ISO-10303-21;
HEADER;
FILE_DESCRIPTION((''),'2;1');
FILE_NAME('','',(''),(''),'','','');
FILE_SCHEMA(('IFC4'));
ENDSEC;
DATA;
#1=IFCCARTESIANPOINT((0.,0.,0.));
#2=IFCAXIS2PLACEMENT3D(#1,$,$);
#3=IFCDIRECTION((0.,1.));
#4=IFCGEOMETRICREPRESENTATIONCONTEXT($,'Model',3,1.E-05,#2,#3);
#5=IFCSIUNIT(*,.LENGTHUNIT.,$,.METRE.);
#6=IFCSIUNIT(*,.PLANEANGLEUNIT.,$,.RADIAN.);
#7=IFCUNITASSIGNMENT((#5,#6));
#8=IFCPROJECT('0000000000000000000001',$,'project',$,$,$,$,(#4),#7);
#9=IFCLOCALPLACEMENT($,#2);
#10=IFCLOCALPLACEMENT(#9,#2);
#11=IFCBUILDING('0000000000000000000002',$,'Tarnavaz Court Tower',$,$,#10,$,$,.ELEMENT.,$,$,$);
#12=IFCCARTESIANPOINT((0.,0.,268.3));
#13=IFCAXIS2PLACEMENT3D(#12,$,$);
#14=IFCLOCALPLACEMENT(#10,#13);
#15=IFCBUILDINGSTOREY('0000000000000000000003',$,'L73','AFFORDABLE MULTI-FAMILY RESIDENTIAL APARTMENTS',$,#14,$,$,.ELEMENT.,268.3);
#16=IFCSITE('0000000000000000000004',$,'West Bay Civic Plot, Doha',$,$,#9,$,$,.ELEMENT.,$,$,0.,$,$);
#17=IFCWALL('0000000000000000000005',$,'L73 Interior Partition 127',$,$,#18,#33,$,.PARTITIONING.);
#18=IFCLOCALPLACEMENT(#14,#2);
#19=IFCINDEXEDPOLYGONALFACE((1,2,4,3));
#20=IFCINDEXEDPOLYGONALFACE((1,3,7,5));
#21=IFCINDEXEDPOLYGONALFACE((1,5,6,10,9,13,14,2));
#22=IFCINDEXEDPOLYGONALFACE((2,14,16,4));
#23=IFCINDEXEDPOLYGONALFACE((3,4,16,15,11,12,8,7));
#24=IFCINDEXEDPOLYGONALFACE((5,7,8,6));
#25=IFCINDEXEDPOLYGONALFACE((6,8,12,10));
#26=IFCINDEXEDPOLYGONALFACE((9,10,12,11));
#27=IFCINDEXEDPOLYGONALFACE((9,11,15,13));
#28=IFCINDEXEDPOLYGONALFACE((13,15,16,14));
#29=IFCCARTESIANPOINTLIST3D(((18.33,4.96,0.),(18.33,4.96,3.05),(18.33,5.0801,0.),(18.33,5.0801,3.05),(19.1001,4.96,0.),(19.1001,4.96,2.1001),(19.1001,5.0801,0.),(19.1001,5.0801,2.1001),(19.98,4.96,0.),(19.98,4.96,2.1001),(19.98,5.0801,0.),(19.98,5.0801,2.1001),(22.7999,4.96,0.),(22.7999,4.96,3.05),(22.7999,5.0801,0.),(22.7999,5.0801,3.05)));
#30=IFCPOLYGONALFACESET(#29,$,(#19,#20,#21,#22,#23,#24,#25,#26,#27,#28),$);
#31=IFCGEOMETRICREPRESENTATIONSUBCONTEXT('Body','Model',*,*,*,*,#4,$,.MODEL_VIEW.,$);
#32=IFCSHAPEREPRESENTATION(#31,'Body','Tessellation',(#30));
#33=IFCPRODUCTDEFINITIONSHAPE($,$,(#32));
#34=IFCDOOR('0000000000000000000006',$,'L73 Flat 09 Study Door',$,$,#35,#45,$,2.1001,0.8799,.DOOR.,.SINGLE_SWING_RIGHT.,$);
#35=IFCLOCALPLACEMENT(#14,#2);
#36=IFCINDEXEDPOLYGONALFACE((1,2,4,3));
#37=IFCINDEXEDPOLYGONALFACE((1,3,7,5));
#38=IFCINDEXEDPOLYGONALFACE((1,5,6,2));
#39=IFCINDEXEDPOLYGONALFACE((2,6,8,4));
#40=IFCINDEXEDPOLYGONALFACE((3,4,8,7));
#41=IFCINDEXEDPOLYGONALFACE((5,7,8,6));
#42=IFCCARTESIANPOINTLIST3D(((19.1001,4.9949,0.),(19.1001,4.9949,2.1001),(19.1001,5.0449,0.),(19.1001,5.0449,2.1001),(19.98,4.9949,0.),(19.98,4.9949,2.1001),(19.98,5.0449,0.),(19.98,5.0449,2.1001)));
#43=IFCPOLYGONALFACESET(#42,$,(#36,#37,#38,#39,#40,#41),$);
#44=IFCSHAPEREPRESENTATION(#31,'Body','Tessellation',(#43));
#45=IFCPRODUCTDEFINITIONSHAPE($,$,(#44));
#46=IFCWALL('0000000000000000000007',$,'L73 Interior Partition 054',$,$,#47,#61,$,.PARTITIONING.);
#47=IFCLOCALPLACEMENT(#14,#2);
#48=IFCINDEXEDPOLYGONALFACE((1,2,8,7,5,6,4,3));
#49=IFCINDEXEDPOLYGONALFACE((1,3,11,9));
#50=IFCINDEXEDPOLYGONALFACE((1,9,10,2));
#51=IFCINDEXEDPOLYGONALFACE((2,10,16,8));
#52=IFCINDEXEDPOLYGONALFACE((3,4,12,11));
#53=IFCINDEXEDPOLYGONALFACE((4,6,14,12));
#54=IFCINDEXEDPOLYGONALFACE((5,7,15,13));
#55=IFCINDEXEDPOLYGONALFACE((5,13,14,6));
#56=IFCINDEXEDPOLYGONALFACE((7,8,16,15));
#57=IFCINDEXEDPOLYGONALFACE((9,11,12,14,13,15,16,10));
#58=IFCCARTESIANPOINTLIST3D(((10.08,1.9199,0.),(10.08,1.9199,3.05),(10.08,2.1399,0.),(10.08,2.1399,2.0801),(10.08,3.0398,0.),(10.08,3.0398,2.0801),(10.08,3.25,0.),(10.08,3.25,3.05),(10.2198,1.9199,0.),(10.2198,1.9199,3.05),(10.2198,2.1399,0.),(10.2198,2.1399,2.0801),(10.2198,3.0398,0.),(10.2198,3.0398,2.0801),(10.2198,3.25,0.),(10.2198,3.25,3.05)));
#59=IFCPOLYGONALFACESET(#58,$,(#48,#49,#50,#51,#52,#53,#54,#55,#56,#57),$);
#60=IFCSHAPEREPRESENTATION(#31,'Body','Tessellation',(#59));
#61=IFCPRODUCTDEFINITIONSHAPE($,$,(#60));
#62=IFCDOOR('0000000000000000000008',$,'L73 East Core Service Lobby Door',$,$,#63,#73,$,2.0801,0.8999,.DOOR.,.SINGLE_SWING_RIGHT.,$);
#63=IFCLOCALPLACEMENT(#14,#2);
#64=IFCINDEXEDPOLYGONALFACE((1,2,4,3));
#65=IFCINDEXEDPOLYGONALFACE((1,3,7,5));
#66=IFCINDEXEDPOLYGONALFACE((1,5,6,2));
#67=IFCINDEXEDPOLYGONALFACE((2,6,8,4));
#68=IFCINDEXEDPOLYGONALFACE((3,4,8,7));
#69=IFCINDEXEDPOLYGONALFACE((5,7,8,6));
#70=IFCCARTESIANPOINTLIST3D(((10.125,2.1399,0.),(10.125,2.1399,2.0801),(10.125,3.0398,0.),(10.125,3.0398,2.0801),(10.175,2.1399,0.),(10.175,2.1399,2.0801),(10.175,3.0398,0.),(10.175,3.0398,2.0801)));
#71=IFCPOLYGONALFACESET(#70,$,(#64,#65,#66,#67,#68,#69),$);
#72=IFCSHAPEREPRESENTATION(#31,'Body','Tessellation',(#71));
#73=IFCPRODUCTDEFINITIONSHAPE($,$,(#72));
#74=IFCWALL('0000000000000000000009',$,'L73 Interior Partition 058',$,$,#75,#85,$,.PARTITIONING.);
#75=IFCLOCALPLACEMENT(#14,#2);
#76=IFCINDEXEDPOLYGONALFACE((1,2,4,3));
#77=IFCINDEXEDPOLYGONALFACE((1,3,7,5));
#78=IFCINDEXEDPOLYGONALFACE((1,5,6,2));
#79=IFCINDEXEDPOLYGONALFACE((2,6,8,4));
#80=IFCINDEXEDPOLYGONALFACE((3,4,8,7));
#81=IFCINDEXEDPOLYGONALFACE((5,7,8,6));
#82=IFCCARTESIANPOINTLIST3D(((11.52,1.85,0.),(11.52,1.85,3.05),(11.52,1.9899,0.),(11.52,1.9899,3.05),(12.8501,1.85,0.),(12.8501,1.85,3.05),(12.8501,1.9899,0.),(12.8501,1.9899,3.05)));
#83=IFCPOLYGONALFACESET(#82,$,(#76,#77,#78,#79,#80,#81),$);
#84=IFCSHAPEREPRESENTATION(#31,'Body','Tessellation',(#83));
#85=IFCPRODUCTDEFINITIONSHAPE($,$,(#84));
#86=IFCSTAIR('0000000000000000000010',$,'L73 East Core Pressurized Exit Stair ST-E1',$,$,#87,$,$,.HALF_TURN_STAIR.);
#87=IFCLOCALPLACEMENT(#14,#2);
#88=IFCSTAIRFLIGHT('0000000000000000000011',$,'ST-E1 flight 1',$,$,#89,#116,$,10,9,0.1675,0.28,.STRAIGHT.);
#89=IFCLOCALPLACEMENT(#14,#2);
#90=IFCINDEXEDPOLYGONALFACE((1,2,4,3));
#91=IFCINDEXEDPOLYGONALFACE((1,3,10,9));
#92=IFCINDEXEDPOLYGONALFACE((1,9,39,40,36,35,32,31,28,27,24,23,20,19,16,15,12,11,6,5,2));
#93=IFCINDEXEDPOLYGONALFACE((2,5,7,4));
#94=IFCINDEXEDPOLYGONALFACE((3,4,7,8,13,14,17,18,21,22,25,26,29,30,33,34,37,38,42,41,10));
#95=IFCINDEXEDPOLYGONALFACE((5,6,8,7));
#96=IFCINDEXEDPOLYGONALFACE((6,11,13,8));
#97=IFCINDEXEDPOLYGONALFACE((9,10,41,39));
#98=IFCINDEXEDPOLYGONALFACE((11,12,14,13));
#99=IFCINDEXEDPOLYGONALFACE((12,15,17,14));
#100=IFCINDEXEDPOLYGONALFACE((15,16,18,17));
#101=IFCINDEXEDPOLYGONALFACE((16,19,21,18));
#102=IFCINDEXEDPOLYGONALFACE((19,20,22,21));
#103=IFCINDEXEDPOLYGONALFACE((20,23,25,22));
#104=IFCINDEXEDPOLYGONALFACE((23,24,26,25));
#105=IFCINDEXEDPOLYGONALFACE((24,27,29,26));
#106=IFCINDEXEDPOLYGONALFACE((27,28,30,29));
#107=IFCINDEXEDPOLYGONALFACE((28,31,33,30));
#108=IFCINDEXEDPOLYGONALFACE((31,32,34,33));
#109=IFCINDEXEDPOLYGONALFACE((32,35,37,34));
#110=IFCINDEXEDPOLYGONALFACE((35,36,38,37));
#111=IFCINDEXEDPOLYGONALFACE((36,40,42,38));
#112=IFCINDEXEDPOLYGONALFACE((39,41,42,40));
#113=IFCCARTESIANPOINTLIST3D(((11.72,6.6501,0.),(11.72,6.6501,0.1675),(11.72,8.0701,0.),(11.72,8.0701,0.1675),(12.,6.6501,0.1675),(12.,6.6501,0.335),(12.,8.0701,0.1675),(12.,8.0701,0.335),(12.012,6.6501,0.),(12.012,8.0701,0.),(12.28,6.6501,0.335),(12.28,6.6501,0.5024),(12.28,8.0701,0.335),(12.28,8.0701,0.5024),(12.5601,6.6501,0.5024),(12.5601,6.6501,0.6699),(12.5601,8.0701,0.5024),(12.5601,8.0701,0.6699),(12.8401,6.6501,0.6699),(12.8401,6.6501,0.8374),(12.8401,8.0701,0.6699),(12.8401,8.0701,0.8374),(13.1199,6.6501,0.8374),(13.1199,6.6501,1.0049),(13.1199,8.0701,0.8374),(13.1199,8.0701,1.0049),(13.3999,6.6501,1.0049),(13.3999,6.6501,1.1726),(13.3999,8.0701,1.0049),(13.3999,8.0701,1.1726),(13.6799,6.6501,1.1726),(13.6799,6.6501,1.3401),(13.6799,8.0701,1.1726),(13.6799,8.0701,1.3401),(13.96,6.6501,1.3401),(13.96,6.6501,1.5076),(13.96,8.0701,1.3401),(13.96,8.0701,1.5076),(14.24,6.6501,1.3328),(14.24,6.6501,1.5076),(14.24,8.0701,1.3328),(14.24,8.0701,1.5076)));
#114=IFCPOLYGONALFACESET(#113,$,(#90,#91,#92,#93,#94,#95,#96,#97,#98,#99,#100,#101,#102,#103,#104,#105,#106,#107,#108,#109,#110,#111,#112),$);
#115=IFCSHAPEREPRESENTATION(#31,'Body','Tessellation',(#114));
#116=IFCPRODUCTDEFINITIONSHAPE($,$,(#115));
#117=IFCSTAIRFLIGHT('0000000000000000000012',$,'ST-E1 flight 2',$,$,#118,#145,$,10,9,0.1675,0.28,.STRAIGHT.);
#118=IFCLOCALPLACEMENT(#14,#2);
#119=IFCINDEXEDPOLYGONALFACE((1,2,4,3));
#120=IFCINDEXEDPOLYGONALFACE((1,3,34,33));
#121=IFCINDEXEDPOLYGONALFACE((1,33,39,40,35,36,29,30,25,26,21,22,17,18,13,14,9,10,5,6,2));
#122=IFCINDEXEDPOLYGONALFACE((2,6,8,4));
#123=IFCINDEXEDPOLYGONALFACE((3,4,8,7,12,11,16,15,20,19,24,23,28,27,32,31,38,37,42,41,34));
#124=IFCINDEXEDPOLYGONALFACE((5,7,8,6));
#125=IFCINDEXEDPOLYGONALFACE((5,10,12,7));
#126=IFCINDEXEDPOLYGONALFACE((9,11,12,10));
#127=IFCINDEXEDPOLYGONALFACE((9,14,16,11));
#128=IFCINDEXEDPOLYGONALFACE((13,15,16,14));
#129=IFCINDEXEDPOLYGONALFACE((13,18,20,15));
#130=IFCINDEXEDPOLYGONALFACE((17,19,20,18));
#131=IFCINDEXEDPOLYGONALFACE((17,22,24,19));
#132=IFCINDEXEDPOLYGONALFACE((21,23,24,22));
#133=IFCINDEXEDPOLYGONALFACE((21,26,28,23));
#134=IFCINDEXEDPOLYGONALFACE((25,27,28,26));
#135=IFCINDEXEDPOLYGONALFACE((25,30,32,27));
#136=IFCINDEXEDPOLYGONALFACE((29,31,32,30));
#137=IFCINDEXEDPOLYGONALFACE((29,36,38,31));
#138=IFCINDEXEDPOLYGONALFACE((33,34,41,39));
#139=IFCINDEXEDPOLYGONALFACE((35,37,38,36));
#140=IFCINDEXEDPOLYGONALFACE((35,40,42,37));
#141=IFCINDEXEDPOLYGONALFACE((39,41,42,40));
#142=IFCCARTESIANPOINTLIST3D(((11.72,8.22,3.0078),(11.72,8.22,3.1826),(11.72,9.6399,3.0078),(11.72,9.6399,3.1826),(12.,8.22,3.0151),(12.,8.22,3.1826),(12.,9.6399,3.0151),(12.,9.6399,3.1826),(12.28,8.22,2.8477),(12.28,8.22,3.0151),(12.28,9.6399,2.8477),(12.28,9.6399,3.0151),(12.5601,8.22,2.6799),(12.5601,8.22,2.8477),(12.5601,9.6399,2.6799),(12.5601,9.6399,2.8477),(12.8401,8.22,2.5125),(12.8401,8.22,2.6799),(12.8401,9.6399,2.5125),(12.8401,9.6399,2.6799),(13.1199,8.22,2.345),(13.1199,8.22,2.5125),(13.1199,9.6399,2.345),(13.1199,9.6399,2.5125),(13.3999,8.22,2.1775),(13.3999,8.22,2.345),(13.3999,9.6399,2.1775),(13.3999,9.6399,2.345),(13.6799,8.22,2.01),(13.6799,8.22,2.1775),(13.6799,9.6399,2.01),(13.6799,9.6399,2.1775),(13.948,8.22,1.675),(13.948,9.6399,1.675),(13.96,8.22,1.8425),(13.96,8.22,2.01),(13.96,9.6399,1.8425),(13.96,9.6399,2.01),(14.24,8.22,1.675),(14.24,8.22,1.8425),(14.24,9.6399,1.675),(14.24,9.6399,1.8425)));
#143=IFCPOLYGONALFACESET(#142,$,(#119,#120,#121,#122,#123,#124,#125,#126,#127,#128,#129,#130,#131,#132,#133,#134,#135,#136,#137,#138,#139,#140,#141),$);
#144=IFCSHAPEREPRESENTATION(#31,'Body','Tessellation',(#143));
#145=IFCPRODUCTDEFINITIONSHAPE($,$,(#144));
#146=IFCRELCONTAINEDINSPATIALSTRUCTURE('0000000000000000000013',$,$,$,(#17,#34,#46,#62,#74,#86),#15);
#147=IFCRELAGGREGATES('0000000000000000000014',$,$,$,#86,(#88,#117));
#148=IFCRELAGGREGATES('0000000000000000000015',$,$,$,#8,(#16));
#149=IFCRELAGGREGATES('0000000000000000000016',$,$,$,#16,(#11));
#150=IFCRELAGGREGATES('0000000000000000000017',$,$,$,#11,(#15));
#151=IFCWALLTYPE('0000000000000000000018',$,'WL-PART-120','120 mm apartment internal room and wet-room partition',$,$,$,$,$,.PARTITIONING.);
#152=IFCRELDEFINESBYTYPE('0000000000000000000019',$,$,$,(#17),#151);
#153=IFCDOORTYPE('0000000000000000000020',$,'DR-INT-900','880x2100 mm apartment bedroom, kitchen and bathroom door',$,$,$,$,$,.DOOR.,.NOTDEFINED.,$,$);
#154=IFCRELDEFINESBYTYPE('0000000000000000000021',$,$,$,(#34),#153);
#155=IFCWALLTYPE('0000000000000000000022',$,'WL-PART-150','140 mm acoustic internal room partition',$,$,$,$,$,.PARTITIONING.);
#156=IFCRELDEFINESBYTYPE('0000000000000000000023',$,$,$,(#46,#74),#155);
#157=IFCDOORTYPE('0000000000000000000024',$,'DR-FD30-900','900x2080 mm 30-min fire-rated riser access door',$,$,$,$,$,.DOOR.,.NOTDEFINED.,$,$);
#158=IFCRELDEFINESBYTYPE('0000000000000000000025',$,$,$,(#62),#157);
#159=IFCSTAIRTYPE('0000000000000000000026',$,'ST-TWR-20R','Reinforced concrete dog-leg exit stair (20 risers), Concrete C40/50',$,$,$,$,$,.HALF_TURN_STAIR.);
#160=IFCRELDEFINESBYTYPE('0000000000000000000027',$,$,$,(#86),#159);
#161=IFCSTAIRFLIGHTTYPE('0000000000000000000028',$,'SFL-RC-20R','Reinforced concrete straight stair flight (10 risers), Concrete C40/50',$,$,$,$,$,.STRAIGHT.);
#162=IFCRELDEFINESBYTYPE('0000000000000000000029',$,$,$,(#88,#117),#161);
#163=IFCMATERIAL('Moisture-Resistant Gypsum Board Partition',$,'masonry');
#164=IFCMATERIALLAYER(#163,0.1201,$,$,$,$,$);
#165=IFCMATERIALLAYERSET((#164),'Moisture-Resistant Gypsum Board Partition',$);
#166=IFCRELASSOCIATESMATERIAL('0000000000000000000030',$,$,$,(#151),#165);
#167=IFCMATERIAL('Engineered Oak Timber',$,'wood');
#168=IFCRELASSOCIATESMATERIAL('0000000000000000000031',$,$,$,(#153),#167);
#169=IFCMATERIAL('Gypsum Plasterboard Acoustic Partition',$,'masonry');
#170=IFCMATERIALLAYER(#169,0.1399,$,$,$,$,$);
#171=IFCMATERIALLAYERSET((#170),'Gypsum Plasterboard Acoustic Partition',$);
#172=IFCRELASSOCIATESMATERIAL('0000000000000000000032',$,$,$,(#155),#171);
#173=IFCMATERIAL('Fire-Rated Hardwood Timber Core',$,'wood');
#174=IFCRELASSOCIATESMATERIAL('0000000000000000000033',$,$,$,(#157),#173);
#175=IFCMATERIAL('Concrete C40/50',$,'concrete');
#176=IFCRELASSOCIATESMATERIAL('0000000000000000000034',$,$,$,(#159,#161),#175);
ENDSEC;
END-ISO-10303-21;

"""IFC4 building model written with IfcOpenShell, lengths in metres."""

from ifc_helpers import new_model, si_unit, direction, frame, frame_2d, origin, place, context, subcontext, project, spatial, polyline, rectangle, outline, extrude, material, layer, layer_set, type_object, element, fill, aggregate, save


model = new_model("IFC4")

# Units and contexts
model_context = context("Model", 3, precision=1e-05, world=origin(), true_north=direction((0.0, 1.0)))
body_context = subcontext(model_context, "Body", "Model", "MODEL_VIEW")
ifc_project = project(units=[si_unit("LENGTHUNIT", "METRE"), si_unit("PLANEANGLEUNIT", "RADIAN")], contexts=[model_context])

# Site, building, storey
site_placement = place(None, origin())
site = spatial("IfcSite", under=ifc_project, at=site_placement, Name="West Bay Civic Plot, Doha", CompositionType="ELEMENT", RefElevation=0.0)
building_placement = place(site_placement, origin())
building = spatial("IfcBuilding", under=site, at=building_placement, Name="Tarnavaz Court Tower", CompositionType="ELEMENT")
storey_placement = place(building_placement, frame((0.0, 0.0, 268.3)))
storey = spatial("IfcBuildingStorey", under=building, at=storey_placement, Name="L73", Description="AFFORDABLE MULTI-FAMILY RESIDENTIAL APARTMENTS", CompositionType="ELEMENT", Elevation=268.3)

# Walls, openings, doors
ifc_material_1 = material(Name="Fire-Rated Hardwood Timber Core", Category="wood")
ifc_material_2 = material(Name="Moisture-Resistant Gypsum Board Partition", Category="masonry")
ifc_layer_1 = layer(ifc_material_2, 0.1201)
ifc_layer_set_1 = layer_set([ifc_layer_1], Name="Moisture-Resistant Gypsum Board Partition")
wall_type_1 = type_object("IfcWallType", Name="WL-PART-120", Description="120 mm apartment internal room and wet-room partition", PredefinedType="PARTITIONING", material=ifc_layer_set_1)
wall_1_placement = place(storey_placement, frame((18.3301, 5.02, 0.0), z_axis=(0.0, 0.0, 1.0), x_axis=(1.0, 0.0, 0.0)))
wall_1 = element("IfcWall", 1, at=wall_1_placement, inside=storey, type_object=wall_type_1, Name="L73 Interior Partition 127", PredefinedType="PARTITIONING", context=body_context, shape_type="SweptSolid", body=[
    extrude(rectangle(XDim=4.47, YDim=0.1201, at=frame_2d((2.2349, 0.0))), origin(), (0.0, 0.0, 1.0), 3.05),
])
opening_1_placement = place(wall_1_placement, frame((0.77, 0.0, 0.0)))
opening_1 = element("IfcOpeningElement", 2, at=opening_1_placement, cuts=wall_1, PredefinedType="OPENING", context=body_context, shape_type="SweptSolid", body=[
    extrude(rectangle(XDim=0.8799, YDim=2.1001, at=frame_2d((0.4399, 1.05))), frame((0.0, 0.0701, 0.0), z_axis=(0.0, -1.0, 0.0), x_axis=(1.0, 0.0, 0.0)), (0.0, 0.0, 1.0), 0.1401),
])
ifc_material_3 = material(Name="Engineered Oak Timber", Category="wood")
door_type_1 = type_object("IfcDoorType", Name="DR-INT-900", Description="880x2100 mm apartment bedroom, kitchen and bathroom door", OperationType="NOTDEFINED", PredefinedType="DOOR", material=ifc_material_3)
door_1_placement = place(opening_1_placement, origin())
door_1 = element("IfcDoor", 3, at=door_1_placement, inside=storey, type_object=door_type_1, Name="L73 Flat 09 Study Door", OperationType="SINGLE_SWING_RIGHT", OverallHeight=2.1001, OverallWidth=0.8799, PredefinedType="DOOR", context=body_context, shape_type="SweptSolid", body=[
    extrude(rectangle(XDim=0.8799, YDim=2.1001, at=frame_2d((0.4399, 1.05))), frame((0.0, 0.0249, 0.0), z_axis=(0.0, -1.0, 0.0), x_axis=(1.0, 0.0, 0.0)), (0.0, 0.0, 1.0), 0.05),
])
fill(opening_1, door_1)
ifc_material_4 = material(Name="Gypsum Plasterboard Acoustic Partition", Category="masonry")
ifc_layer_2 = layer(ifc_material_4, 0.1399)
ifc_layer_set_2 = layer_set([ifc_layer_2], Name="Gypsum Plasterboard Acoustic Partition")
wall_type_2 = type_object("IfcWallType", Name="WL-PART-150", Description="140 mm acoustic internal room partition", PredefinedType="PARTITIONING", material=ifc_layer_set_2)
wall_2_placement = place(storey_placement, frame((10.1499, 1.9199, 0.0), z_axis=(0.0, 0.0, 1.0), x_axis=(0.0, 1.0, 0.0)))
wall_2 = element("IfcWall", 4, at=wall_2_placement, inside=storey, type_object=wall_type_2, Name="L73 Interior Partition 054", PredefinedType="PARTITIONING", context=body_context, shape_type="SweptSolid", body=[
    extrude(rectangle(XDim=1.3301, YDim=0.1399, at=frame_2d((0.665, 0.0))), origin(), (0.0, 0.0, 1.0), 3.05),
])
opening_2_placement = place(wall_2_placement, frame((0.22, 0.0, 0.0)))
opening_2 = element("IfcOpeningElement", 5, at=opening_2_placement, cuts=wall_2, PredefinedType="OPENING", context=body_context, shape_type="SweptSolid", body=[
    extrude(rectangle(XDim=0.8999, YDim=2.0801, at=frame_2d((0.45, 1.04))), frame((0.0, 0.0798, 0.0), z_axis=(0.0, -1.0, 0.0), x_axis=(1.0, 0.0, 0.0)), (0.0, 0.0, 1.0), 0.1599),
])
door_type_2 = type_object("IfcDoorType", Name="DR-FD30-900", Description="900x2080 mm 30-min fire-rated riser access door", OperationType="NOTDEFINED", PredefinedType="DOOR", material=ifc_material_1)
door_2_placement = place(opening_2_placement, origin())
door_2 = element("IfcDoor", 6, at=door_2_placement, inside=storey, type_object=door_type_2, Name="L73 East Core Service Lobby Door", OperationType="SINGLE_SWING_RIGHT", OverallHeight=2.0801, OverallWidth=0.8999, PredefinedType="DOOR", context=body_context, shape_type="SweptSolid", body=[
    extrude(rectangle(XDim=0.8999, YDim=2.0801, at=frame_2d((0.45, 1.04))), frame((0.0, 0.0249, 0.0), z_axis=(0.0, -1.0, 0.0), x_axis=(1.0, 0.0, 0.0)), (0.0, 0.0, 1.0), 0.05),
])
fill(opening_2, door_2)

# Wall
wall_3_placement = place(storey_placement, frame((11.52, 1.9199, 0.0), z_axis=(0.0, 0.0, 1.0), x_axis=(1.0, 0.0, 0.0)))
element("IfcWall", 7, at=wall_3_placement, inside=storey, type_object=wall_type_2, Name="L73 Interior Partition 058", PredefinedType="PARTITIONING", context=body_context, shape_type="SweptSolid", body=[
    extrude(rectangle(XDim=1.3301, YDim=0.1399, at=frame_2d((0.665, 0.0))), origin(), (0.0, 0.0, 1.0), 3.05),
])

# Stair, stair flights
ifc_material_5 = material(Name="Concrete C40/50", Category="concrete")
stair_type = type_object("IfcStairType", Name="ST-TWR-20R", Description="Reinforced concrete dog-leg exit stair (20 risers), Concrete C40/50", PredefinedType="HALF_TURN_STAIR", material=ifc_material_5)
stair_placement = place(storey_placement, origin())
stair = element("IfcStair", 8, at=stair_placement, inside=storey, type_object=stair_type, Name="L73 East Core Pressurized Exit Stair ST-E1", PredefinedType="HALF_TURN_STAIR")
stair_flight_type = type_object("IfcStairFlightType", Name="SFL-RC-20R", Description="Reinforced concrete straight stair flight (10 risers), Concrete C40/50", PredefinedType="STRAIGHT", material=ifc_material_5)
stair_flight_1_placement = place(storey_placement, frame((11.72, 7.3601, 0.0), z_axis=(0.0, 0.0, 1.0), x_axis=(1.0, 0.0, 0.0)))
stair_flight_1 = element("IfcStairFlight", 9, at=stair_flight_1_placement, type_object=stair_flight_type, Name="ST-E1 flight 1", NumberOfRisers=10, NumberOfTreads=9, PredefinedType="STRAIGHT", RiserHeight=0.1675, TreadLength=0.28, context=body_context, shape_type="SweptSolid", body=[
    extrude(outline(polyline([(0.0, 0.0), (0.0, 0.1675), (0.28, 0.1675), (0.28, 0.335), (0.5601, 0.335), (0.5601, 0.5024), (0.8401, 0.5024), (0.8401, 0.6699), (1.1201, 0.6699), (1.1201, 0.8374), (1.3999, 0.8374), (1.3999, 1.0049), (1.6799, 1.0049), (1.6799, 1.1726), (1.96, 1.1726), (1.96, 1.3401), (2.24, 1.3401), (2.24, 1.5076), (2.52, 1.5076), (2.52, 1.675), (2.52, 1.3328), (0.292, 0.0), (0.0, 0.0)])), frame((0.0, 0.71, 0.0), z_axis=(0.0, -1.0, 0.0), x_axis=(1.0, 0.0, 0.0)), (0.0, 0.0, 1.0), 1.4199),
])
stair_flight_2_placement = place(storey_placement, frame((14.24, 8.9299, 1.675), z_axis=(0.0, 0.0, 1.0), x_axis=(-1.0, 0.0, 0.0)))
stair_flight_2 = element("IfcStairFlight", 10, at=stair_flight_2_placement, type_object=stair_flight_type, Name="ST-E1 flight 2", NumberOfRisers=10, NumberOfTreads=9, PredefinedType="STRAIGHT", RiserHeight=0.1675, TreadLength=0.28, context=body_context, shape_type="SweptSolid", body=[
    extrude(outline(polyline([(0.0, 0.0), (0.0, 0.1675), (0.28, 0.1675), (0.28, 0.335), (0.5601, 0.335), (0.5601, 0.5024), (0.8401, 0.5024), (0.8401, 0.6699), (1.1201, 0.6699), (1.1201, 0.8374), (1.3999, 0.8374), (1.3999, 1.0049), (1.6799, 1.0049), (1.6799, 1.1726), (1.96, 1.1726), (1.96, 1.3401), (2.24, 1.3401), (2.24, 1.5076), (2.52, 1.5076), (2.52, 1.675), (2.52, 1.3328), (0.292, 0.0), (0.0, 0.0)])), frame((0.0, 0.71, 0.0), z_axis=(0.0, -1.0, 0.0), x_axis=(1.0, 0.0, 0.0)), (0.0, 0.0, 1.0), 1.4199),
])
aggregate(stair, [stair_flight_1, stair_flight_2])

save(model, "model.ifc")
